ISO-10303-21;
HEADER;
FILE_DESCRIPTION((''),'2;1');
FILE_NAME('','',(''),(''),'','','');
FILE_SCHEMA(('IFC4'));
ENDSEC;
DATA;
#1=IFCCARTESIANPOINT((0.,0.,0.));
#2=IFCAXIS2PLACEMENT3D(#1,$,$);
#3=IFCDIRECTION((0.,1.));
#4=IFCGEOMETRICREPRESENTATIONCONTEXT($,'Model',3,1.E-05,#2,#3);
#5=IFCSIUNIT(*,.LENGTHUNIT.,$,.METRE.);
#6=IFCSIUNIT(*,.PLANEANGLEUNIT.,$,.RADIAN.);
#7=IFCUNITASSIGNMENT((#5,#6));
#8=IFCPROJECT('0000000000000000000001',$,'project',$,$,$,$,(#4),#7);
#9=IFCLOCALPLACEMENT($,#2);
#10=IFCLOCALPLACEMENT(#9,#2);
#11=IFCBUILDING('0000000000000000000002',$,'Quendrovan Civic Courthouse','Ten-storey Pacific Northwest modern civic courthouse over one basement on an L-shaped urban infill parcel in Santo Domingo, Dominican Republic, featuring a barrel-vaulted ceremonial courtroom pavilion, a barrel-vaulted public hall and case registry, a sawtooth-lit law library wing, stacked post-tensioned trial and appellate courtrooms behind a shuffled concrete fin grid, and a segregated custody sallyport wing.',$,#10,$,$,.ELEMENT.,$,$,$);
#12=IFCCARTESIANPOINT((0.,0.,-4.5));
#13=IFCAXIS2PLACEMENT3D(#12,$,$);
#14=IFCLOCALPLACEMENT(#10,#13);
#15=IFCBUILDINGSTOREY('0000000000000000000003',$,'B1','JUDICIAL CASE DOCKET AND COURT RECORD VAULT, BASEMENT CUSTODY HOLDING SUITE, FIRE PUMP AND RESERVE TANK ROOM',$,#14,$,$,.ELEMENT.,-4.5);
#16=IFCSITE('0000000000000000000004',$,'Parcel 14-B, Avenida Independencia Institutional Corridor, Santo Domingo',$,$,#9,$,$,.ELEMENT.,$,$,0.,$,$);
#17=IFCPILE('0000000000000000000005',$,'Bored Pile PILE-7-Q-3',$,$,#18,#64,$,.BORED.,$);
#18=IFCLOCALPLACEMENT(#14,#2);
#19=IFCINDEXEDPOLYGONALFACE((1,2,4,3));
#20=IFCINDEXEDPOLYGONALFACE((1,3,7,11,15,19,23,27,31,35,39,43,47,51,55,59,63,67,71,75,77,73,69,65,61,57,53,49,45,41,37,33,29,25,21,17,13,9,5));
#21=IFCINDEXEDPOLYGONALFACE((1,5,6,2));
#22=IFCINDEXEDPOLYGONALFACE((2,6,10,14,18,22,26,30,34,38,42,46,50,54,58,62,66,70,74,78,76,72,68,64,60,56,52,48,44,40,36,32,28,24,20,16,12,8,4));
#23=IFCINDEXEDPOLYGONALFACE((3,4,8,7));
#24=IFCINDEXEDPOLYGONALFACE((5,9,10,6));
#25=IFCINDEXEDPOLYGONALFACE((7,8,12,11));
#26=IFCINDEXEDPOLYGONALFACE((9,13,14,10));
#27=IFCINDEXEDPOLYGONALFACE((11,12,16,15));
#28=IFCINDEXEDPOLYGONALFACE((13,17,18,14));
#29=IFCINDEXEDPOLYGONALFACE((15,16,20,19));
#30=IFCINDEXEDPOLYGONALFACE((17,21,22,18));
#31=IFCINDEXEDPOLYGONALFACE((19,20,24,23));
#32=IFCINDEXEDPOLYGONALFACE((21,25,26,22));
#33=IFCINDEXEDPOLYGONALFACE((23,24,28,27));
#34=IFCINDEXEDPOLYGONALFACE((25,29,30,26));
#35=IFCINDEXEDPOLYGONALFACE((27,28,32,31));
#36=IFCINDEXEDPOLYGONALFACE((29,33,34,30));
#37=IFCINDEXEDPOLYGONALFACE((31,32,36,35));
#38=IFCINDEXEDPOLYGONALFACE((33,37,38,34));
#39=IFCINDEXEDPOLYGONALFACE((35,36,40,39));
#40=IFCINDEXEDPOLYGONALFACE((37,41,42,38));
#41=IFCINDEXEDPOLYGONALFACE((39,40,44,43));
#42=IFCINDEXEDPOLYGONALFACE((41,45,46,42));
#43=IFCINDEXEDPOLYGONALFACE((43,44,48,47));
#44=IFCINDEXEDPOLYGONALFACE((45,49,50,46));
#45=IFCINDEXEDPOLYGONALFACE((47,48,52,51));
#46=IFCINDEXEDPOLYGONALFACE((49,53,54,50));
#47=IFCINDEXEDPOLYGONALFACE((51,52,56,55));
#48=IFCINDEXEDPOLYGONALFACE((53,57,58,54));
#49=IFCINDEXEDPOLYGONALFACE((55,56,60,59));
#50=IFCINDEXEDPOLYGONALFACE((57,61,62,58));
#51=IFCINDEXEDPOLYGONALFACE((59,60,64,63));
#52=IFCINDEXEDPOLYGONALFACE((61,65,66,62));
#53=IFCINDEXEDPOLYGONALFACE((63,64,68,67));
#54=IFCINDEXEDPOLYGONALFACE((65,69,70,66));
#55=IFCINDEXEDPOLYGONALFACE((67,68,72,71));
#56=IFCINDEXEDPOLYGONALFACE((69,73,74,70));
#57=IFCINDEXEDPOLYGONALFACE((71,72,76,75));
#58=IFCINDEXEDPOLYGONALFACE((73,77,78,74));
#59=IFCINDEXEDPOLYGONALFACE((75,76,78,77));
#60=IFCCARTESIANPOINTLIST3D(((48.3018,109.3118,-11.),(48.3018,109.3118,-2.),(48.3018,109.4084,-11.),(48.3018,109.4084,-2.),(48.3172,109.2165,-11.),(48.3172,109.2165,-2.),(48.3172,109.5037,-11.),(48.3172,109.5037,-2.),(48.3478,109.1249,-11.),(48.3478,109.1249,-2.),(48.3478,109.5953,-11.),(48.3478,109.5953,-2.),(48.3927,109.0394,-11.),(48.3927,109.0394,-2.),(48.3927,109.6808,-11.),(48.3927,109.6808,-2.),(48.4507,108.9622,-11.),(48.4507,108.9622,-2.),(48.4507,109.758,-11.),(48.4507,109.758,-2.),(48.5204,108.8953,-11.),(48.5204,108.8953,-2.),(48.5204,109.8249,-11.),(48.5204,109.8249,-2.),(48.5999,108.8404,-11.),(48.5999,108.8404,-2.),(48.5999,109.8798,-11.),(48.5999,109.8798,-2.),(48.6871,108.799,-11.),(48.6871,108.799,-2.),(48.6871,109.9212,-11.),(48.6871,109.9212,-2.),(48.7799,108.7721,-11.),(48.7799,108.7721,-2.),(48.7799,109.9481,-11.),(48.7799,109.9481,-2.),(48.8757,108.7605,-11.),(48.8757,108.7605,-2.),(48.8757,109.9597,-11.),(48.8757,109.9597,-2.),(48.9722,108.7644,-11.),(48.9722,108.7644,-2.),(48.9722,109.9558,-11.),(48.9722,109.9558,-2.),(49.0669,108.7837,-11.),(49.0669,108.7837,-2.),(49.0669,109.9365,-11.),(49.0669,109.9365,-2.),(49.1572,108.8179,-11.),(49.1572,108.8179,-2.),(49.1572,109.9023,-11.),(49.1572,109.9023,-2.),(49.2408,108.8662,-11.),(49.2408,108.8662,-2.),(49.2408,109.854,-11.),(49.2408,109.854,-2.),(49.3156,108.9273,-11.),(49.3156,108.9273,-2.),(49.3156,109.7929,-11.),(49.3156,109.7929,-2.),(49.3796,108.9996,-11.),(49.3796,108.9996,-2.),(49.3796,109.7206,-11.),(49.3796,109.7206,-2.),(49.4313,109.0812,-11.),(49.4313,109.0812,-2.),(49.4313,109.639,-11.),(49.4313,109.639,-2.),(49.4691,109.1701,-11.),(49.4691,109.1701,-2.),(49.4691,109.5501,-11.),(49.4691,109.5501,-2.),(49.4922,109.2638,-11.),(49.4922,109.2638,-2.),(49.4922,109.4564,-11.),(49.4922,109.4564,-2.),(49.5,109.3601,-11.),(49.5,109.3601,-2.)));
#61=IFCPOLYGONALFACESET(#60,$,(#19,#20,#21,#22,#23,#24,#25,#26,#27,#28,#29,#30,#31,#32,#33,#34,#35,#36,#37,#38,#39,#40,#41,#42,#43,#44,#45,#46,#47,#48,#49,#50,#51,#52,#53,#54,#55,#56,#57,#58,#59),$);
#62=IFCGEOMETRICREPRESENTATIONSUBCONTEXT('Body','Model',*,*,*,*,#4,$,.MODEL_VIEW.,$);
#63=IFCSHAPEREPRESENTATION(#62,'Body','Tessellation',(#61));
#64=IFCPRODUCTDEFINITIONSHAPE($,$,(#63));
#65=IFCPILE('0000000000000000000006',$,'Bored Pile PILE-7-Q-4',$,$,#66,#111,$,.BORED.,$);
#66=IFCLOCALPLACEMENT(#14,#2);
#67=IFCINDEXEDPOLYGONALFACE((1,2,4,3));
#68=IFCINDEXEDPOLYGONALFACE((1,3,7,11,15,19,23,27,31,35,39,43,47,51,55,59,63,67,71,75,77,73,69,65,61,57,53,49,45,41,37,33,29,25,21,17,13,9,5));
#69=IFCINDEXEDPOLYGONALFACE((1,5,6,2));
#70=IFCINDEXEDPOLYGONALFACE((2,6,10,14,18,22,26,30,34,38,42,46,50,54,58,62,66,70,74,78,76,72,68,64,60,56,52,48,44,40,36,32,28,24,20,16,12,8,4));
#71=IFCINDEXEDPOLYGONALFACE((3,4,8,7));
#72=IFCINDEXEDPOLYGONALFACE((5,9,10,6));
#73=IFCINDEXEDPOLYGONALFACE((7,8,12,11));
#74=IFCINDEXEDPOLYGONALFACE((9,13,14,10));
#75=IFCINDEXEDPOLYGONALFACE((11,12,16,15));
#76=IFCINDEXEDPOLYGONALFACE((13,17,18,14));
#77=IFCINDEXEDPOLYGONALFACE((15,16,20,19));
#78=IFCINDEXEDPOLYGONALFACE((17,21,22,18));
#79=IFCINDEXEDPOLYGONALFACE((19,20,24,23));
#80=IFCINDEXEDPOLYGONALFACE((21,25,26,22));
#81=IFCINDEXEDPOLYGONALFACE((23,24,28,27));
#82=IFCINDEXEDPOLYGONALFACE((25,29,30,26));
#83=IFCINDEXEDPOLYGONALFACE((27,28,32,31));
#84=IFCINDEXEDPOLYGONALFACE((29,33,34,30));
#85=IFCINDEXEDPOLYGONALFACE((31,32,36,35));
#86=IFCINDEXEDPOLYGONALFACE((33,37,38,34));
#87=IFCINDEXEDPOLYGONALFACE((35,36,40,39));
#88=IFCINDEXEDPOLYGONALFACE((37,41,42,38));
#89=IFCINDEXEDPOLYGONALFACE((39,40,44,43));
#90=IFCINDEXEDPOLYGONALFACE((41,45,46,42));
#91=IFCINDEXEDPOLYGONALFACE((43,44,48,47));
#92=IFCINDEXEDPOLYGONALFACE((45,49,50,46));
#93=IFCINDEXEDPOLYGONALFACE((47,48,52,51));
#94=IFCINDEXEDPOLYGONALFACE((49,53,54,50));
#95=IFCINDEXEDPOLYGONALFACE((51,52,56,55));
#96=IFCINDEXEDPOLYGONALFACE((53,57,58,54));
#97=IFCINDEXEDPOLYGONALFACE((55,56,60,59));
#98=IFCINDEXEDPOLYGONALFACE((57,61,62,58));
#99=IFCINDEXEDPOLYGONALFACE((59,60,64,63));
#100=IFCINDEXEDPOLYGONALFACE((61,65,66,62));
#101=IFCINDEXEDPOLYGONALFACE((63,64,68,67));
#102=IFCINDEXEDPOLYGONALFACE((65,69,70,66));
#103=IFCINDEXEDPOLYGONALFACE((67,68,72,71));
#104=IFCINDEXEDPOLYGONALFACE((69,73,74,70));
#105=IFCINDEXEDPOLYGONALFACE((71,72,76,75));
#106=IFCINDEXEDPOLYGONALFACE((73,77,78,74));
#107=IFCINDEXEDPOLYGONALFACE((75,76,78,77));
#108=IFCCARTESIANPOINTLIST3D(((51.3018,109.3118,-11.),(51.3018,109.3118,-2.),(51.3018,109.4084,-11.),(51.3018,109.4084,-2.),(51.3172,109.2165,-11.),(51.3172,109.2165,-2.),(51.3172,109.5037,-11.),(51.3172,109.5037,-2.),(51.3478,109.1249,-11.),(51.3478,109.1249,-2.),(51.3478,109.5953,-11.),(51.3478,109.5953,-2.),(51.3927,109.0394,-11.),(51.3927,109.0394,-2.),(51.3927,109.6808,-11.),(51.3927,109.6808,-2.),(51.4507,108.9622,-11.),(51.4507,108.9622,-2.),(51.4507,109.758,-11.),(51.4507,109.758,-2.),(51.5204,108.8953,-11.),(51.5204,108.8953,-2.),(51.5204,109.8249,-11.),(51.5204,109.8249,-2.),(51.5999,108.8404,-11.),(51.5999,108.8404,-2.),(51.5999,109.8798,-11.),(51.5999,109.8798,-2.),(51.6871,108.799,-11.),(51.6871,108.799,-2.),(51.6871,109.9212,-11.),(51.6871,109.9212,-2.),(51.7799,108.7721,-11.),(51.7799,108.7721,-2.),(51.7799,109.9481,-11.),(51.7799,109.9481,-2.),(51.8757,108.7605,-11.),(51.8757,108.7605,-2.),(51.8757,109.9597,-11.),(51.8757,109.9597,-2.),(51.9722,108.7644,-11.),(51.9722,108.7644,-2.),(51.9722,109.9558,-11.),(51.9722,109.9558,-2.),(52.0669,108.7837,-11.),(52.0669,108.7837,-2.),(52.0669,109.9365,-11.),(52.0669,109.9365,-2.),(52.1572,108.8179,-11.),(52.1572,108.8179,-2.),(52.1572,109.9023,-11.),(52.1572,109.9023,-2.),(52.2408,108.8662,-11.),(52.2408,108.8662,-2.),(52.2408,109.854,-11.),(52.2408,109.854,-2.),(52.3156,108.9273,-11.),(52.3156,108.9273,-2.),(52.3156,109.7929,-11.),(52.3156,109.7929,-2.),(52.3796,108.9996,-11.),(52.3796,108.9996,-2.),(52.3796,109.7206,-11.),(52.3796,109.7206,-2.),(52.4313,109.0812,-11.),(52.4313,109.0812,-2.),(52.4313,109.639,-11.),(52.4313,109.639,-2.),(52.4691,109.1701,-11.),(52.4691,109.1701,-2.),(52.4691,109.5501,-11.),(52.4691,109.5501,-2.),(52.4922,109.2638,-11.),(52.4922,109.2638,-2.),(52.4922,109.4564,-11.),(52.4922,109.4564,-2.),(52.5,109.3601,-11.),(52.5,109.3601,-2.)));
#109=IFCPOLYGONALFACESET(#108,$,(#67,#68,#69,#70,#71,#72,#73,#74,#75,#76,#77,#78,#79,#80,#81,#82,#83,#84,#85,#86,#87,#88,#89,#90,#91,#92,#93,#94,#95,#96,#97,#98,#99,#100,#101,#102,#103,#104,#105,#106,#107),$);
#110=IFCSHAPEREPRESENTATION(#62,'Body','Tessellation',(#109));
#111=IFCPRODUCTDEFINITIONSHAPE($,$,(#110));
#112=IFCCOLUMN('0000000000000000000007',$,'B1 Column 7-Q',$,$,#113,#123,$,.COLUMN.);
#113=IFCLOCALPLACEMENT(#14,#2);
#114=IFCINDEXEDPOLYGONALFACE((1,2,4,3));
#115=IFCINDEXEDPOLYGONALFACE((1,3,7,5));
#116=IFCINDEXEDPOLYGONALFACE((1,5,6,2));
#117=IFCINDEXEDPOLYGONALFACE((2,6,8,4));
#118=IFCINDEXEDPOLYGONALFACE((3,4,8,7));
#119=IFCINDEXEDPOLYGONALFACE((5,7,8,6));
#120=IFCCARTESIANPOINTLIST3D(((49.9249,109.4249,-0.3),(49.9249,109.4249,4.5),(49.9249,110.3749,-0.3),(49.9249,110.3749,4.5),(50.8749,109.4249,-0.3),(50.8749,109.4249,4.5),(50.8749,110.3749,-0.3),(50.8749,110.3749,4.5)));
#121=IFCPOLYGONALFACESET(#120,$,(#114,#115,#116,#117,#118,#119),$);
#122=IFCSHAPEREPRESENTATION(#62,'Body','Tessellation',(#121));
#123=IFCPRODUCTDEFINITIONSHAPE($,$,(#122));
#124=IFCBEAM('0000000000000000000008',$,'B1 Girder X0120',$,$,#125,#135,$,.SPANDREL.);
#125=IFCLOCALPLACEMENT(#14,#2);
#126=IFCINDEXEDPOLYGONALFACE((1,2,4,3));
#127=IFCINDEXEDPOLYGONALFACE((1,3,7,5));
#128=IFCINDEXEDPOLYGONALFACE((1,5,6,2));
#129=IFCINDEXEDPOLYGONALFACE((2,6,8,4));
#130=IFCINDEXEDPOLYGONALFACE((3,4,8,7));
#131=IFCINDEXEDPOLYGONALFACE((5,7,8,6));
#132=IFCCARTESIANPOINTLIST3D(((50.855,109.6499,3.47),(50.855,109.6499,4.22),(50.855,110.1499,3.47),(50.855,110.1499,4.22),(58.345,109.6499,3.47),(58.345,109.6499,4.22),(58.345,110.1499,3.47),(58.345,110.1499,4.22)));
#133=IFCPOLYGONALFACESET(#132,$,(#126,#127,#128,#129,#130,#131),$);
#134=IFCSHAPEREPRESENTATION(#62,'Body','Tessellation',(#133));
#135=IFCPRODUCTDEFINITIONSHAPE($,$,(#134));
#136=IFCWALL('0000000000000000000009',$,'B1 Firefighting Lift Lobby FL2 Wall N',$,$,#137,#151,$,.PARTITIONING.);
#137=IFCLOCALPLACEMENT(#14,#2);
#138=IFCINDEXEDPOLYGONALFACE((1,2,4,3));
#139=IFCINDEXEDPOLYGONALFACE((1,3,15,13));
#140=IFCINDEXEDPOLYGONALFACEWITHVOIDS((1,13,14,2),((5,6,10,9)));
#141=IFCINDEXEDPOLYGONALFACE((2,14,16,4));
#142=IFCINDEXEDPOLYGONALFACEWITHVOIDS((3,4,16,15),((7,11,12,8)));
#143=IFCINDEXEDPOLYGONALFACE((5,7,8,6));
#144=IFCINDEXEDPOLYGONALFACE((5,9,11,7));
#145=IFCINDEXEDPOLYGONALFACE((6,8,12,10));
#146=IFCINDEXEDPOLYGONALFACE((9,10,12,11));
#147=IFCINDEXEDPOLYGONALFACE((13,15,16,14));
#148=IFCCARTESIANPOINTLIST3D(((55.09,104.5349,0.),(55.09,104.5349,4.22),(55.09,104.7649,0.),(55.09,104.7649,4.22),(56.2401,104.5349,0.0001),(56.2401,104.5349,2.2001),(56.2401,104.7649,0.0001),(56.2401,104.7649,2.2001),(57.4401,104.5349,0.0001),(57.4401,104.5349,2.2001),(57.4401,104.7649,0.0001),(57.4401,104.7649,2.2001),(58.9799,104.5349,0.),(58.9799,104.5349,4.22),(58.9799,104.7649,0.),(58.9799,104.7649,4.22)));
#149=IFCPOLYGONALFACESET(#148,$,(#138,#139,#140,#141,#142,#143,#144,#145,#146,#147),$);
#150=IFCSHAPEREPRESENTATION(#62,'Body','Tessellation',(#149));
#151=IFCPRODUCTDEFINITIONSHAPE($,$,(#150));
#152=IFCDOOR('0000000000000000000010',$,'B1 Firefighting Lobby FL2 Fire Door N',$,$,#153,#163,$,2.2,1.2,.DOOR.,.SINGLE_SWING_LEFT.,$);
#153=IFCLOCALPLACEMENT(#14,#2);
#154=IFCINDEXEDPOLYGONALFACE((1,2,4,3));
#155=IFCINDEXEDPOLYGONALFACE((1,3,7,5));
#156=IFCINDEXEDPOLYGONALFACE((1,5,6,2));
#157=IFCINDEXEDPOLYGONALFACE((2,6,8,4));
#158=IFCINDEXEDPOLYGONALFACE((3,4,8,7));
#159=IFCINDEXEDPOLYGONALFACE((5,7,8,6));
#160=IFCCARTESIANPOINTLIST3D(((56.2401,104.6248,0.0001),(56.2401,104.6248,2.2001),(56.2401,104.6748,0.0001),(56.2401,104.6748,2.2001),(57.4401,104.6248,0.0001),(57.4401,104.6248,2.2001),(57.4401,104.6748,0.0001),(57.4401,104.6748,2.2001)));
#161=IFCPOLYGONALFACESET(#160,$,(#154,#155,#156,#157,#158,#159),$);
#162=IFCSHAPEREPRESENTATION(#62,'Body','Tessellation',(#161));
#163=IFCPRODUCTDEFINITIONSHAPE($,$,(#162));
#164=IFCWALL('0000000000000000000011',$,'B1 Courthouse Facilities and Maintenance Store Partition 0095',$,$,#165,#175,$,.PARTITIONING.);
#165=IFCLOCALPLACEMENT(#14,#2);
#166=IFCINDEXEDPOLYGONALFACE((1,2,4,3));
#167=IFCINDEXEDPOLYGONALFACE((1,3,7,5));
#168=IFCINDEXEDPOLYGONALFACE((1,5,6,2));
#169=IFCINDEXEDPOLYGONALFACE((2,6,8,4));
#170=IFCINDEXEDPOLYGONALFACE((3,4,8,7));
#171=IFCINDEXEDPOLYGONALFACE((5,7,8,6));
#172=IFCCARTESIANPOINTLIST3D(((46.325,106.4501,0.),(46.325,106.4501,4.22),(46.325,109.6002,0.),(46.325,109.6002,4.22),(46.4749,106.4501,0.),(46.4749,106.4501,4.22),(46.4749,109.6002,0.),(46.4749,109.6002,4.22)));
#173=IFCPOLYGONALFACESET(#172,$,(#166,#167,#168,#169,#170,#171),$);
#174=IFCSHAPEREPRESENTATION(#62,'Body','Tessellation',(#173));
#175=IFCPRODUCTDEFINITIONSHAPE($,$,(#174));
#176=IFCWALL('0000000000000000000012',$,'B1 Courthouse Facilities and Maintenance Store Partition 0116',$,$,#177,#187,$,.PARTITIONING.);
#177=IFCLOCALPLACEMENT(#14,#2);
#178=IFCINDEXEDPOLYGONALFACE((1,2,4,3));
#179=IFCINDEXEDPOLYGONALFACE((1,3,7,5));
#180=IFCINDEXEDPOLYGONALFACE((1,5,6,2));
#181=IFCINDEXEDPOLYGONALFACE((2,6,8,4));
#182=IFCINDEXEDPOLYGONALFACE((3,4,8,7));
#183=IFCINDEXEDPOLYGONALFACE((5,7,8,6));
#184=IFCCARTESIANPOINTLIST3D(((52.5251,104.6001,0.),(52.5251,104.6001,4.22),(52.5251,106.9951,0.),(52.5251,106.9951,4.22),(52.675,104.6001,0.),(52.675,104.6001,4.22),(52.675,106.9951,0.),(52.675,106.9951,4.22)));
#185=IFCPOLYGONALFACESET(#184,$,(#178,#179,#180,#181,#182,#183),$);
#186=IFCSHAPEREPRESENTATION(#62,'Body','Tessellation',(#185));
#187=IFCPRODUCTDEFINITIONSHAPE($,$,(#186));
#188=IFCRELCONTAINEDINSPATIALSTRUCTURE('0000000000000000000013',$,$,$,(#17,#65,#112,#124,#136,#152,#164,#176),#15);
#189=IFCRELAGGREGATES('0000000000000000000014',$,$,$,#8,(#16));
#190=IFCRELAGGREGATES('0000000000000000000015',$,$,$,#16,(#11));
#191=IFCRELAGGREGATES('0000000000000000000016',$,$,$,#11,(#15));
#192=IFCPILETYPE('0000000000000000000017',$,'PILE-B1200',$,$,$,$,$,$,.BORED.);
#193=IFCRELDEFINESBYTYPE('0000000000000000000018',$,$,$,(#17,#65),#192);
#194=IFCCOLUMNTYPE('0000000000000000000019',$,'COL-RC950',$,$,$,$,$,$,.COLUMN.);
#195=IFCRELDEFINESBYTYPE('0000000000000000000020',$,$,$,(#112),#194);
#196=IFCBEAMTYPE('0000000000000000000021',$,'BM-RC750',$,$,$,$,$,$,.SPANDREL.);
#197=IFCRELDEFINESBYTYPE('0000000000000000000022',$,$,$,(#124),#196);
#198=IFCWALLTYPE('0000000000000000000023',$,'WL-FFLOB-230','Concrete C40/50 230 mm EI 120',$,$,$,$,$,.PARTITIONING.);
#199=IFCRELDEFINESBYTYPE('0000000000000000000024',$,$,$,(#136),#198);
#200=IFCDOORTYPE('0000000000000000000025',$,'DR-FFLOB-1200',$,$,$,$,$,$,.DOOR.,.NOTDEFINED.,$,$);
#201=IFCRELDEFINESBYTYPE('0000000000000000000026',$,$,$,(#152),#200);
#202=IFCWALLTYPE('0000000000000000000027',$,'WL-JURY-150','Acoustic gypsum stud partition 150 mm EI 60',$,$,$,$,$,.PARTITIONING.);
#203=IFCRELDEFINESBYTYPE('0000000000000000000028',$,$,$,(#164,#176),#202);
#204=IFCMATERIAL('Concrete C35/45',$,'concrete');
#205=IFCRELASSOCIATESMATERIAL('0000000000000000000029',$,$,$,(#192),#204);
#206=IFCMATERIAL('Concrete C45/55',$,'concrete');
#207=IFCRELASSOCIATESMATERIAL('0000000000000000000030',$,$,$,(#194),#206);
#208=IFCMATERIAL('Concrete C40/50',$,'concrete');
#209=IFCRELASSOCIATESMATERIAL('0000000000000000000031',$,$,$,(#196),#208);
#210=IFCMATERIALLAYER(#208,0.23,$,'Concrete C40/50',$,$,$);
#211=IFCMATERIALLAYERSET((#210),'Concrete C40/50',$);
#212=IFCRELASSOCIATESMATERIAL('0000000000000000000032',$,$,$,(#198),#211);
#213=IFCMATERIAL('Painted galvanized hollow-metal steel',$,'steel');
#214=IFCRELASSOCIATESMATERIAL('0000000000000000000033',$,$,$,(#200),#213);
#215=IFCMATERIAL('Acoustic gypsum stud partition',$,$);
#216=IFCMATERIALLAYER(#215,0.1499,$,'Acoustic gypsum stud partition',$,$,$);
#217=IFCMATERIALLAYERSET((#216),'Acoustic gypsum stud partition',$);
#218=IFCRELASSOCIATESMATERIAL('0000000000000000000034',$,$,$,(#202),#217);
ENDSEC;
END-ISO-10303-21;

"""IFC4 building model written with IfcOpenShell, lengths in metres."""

from ifc_helpers import new_model, si_unit, direction, frame, frame_2d, origin, origin_2d, place, context, subcontext, project, spatial, rectangle, circle, extrude, material, layer, layer_set, material_profile, profile_set, type_object, element, fill, save


model = new_model("IFC4")

# Units and contexts
model_context = context("Model", 3, precision=1e-05, world=origin(), true_north=direction((0.0, 1.0)))
body_context = subcontext(model_context, "Body", "Model", "MODEL_VIEW")
ifc_project = project(units=[si_unit("LENGTHUNIT", "METRE"), si_unit("PLANEANGLEUNIT", "RADIAN")], contexts=[model_context])

# Site, building, storey
site_placement = place(None, origin())
site = spatial("IfcSite", under=ifc_project, at=site_placement, Name="Parcel 14-B, Avenida Independencia Institutional Corridor, Santo Domingo", CompositionType="ELEMENT", RefElevation=0.0)
building_placement = place(site_placement, origin())
building = spatial("IfcBuilding", under=site, at=building_placement, Name="Quendrovan Civic Courthouse", Description="Ten-storey Pacific Northwest modern civic courthouse over one basement on an L-shaped urban infill parcel in Santo Domingo, Dominican Republic, featuring a barrel-vaulted ceremonial courtroom pavilion, a barrel-vaulted public hall and case registry, a sawtooth-lit law library wing, stacked post-tensioned trial and appellate courtrooms behind a shuffled concrete fin grid, and a segregated custody sallyport wing.", CompositionType="ELEMENT")
storey_placement = place(building_placement, frame((0.0, 0.0, -4.5)))
storey = spatial("IfcBuildingStorey", under=building, at=storey_placement, Name="B1", Description="JUDICIAL CASE DOCKET AND COURT RECORD VAULT, BASEMENT CUSTODY HOLDING SUITE, FIRE PUMP AND RESERVE TANK ROOM", CompositionType="ELEMENT", Elevation=-4.5)

# Shared definitions
ifc_material_1 = material(Name="Concrete C35/45", Category="concrete")

# Piles
ifc_material_profile_1 = material_profile(ifc_material_1, circle(Radius=0.6001, at=origin_2d()), Name="PILE-D1200")
ifc_profile_set_1 = profile_set([ifc_material_profile_1], Name="Concrete C35/45")
pile_type = type_object("IfcPileType", Name="PILE-B1200", PredefinedType="BORED", material=ifc_profile_set_1)
for number, where, z_axis, x_axis, name in (
    (1, (48.8999, 109.3601, -2.0), (0.0, 0.0, -1.0), (1.0, 0.0, 0.0), "Bored Pile PILE-7-Q-3"),
    (2, (51.8999, 109.3601, -2.0), (0.0, 0.0, -1.0), (1.0, 0.0, 0.0), "Bored Pile PILE-7-Q-4"),
):
    element("IfcPile", number, at=place(storey_placement, frame(where, z_axis=z_axis, x_axis=x_axis)), inside=storey, type_object=pile_type, Name=name, PredefinedType="BORED", context=body_context, shape_type="SweptSolid", body=[
        extrude(circle(Radius=0.6001, at=origin_2d()), origin(), (0.0, 0.0, 1.0), 9.0),
    ])

# Column
ifc_material_2 = material(Name="Concrete C45/55", Category="concrete")
ifc_material_profile_2 = material_profile(ifc_material_2, rectangle(XDim=0.95, YDim=0.95, at=origin_2d()), Name="RC-COL-950x950")
ifc_profile_set_2 = profile_set([ifc_material_profile_2], Name="Concrete C45/55")
column_type = type_object("IfcColumnType", Name="COL-RC950", PredefinedType="COLUMN", material=ifc_profile_set_2)
column_placement = place(storey_placement, frame((50.3999, 109.8999, -0.3), z_axis=(0.0, 0.0, 1.0), x_axis=(1.0, 0.0, 0.0)))
element("IfcColumn", 3, at=column_placement, inside=storey, type_object=column_type, Name="B1 Column 7-Q", PredefinedType="COLUMN", context=body_context, shape_type="SweptSolid", body=[
    extrude(rectangle(XDim=0.95, YDim=0.95, at=origin_2d()), origin(), (0.0, 0.0, 1.0), 4.8),
])

# Beam
ifc_material_3 = material(Name="Concrete C40/50", Category="concrete")
ifc_material_profile_3 = material_profile(ifc_material_3, rectangle(XDim=0.5, YDim=0.75, at=origin_2d()), Name="RC-BM-500x750")
ifc_profile_set_3 = profile_set([ifc_material_profile_3], Name="Concrete C40/50")
beam_type = type_object("IfcBeamType", Name="BM-RC750", PredefinedType="SPANDREL", material=ifc_profile_set_3)
beam_placement = place(storey_placement, frame((50.855, 109.8999, 3.845), z_axis=(1.0, 0.0, 0.0), x_axis=(0.0, 1.0, 0.0)))
element("IfcBeam", 4, at=beam_placement, inside=storey, type_object=beam_type, Name="B1 Girder X0120", PredefinedType="SPANDREL", context=body_context, shape_type="SweptSolid", body=[
    extrude(rectangle(XDim=0.5, YDim=0.75, at=origin_2d()), origin(), (0.0, 0.0, 1.0), 7.49),
])

# Wall, opening, door
ifc_layer_1 = layer(ifc_material_3, 0.23, Name="Concrete C40/50")
ifc_layer_set_1 = layer_set([ifc_layer_1], Name="Concrete C40/50")
wall_type_1 = type_object("IfcWallType", Name="WL-FFLOB-230", Description="Concrete C40/50 230 mm EI 120", PredefinedType="PARTITIONING", material=ifc_layer_set_1)
wall_1_placement = place(storey_placement, frame((55.0901, 104.6499, 0.0), z_axis=(0.0, 0.0, 1.0), x_axis=(1.0, 0.0, 0.0)))
wall_1 = element("IfcWall", 5, at=wall_1_placement, inside=storey, type_object=wall_type_1, Name="B1 Firefighting Lift Lobby FL2 Wall N", PredefinedType="PARTITIONING", context=body_context, shape_type="SweptSolid", body=[
    extrude(rectangle(XDim=3.8899, YDim=0.23, at=frame_2d((1.9448, 0.0))), origin(), (0.0, 0.0, 1.0), 4.22),
])
opening_1_placement = place(wall_1_placement, frame((1.1499, 0.0, 0.0)))
opening_1 = element("IfcOpeningElement", 6, at=opening_1_placement, cuts=wall_1, PredefinedType="OPENING", context=body_context, shape_type="SweptSolid", body=[
    extrude(rectangle(XDim=1.2, YDim=2.2, at=frame_2d((0.6001, 1.1001))), frame((0.0, 0.125, 0.0), z_axis=(0.0, -1.0, 0.0), x_axis=(1.0, 0.0, 0.0)), (0.0, 0.0, 1.0), 0.25),
])
ifc_material_4 = material(Name="Painted galvanized hollow-metal steel", Category="steel")
door_type_1 = type_object("IfcDoorType", Name="DR-FFLOB-1200", OperationType="NOTDEFINED", PredefinedType="DOOR", material=ifc_material_4)
door_1_placement = place(opening_1_placement, origin())
door_1 = element("IfcDoor", 7, at=door_1_placement, inside=storey, type_object=door_type_1, Name="B1 Firefighting Lobby FL2 Fire Door N", OperationType="SINGLE_SWING_LEFT", OverallHeight=2.2, OverallWidth=1.2, PredefinedType="DOOR", context=body_context, shape_type="SweptSolid", body=[
    extrude(rectangle(XDim=1.2, YDim=2.2, at=frame_2d((0.6001, 1.1001))), frame((0.0, 0.0249, 0.0), z_axis=(0.0, -1.0, 0.0), x_axis=(1.0, 0.0, 0.0)), (0.0, 0.0, 1.0), 0.05),
])
fill(opening_1, door_1)

# Walls
ifc_material_5 = material(Name="Acoustic gypsum stud partition")
ifc_layer_2 = layer(ifc_material_5, 0.1499, Name="Acoustic gypsum stud partition")
ifc_layer_set_2 = layer_set([ifc_layer_2], Name="Acoustic gypsum stud partition")
wall_type_2 = type_object("IfcWallType", Name="WL-JURY-150", Description="Acoustic gypsum stud partition 150 mm EI 60", PredefinedType="PARTITIONING", material=ifc_layer_set_2)
wall_2_placement = place(storey_placement, frame((46.3999, 106.45, 0.0), z_axis=(0.0, 0.0, 1.0), x_axis=(0.0, 1.0, 0.0)))
element("IfcWall", 8, at=wall_2_placement, inside=storey, type_object=wall_type_2, Name="B1 Courthouse Facilities and Maintenance Store Partition 0095", PredefinedType="PARTITIONING", context=body_context, shape_type="SweptSolid", body=[
    extrude(rectangle(XDim=3.1501, YDim=0.1499, at=frame_2d((1.5752, 0.0))), origin(), (0.0, 0.0, 1.0), 4.22),
])
wall_3_placement = place(storey_placement, frame((52.6001, 106.9951, 0.0), z_axis=(0.0, 0.0, 1.0), x_axis=(0.0, -1.0, 0.0)))
element("IfcWall", 9, at=wall_3_placement, inside=storey, type_object=wall_type_2, Name="B1 Courthouse Facilities and Maintenance Store Partition 0116", PredefinedType="PARTITIONING", context=body_context, shape_type="SweptSolid", body=[
    extrude(rectangle(XDim=2.395, YDim=0.1499, at=frame_2d((1.1975, 0.0))), origin(), (0.0, 0.0, 1.0), 4.22),
])

save(model, "model.ifc")
